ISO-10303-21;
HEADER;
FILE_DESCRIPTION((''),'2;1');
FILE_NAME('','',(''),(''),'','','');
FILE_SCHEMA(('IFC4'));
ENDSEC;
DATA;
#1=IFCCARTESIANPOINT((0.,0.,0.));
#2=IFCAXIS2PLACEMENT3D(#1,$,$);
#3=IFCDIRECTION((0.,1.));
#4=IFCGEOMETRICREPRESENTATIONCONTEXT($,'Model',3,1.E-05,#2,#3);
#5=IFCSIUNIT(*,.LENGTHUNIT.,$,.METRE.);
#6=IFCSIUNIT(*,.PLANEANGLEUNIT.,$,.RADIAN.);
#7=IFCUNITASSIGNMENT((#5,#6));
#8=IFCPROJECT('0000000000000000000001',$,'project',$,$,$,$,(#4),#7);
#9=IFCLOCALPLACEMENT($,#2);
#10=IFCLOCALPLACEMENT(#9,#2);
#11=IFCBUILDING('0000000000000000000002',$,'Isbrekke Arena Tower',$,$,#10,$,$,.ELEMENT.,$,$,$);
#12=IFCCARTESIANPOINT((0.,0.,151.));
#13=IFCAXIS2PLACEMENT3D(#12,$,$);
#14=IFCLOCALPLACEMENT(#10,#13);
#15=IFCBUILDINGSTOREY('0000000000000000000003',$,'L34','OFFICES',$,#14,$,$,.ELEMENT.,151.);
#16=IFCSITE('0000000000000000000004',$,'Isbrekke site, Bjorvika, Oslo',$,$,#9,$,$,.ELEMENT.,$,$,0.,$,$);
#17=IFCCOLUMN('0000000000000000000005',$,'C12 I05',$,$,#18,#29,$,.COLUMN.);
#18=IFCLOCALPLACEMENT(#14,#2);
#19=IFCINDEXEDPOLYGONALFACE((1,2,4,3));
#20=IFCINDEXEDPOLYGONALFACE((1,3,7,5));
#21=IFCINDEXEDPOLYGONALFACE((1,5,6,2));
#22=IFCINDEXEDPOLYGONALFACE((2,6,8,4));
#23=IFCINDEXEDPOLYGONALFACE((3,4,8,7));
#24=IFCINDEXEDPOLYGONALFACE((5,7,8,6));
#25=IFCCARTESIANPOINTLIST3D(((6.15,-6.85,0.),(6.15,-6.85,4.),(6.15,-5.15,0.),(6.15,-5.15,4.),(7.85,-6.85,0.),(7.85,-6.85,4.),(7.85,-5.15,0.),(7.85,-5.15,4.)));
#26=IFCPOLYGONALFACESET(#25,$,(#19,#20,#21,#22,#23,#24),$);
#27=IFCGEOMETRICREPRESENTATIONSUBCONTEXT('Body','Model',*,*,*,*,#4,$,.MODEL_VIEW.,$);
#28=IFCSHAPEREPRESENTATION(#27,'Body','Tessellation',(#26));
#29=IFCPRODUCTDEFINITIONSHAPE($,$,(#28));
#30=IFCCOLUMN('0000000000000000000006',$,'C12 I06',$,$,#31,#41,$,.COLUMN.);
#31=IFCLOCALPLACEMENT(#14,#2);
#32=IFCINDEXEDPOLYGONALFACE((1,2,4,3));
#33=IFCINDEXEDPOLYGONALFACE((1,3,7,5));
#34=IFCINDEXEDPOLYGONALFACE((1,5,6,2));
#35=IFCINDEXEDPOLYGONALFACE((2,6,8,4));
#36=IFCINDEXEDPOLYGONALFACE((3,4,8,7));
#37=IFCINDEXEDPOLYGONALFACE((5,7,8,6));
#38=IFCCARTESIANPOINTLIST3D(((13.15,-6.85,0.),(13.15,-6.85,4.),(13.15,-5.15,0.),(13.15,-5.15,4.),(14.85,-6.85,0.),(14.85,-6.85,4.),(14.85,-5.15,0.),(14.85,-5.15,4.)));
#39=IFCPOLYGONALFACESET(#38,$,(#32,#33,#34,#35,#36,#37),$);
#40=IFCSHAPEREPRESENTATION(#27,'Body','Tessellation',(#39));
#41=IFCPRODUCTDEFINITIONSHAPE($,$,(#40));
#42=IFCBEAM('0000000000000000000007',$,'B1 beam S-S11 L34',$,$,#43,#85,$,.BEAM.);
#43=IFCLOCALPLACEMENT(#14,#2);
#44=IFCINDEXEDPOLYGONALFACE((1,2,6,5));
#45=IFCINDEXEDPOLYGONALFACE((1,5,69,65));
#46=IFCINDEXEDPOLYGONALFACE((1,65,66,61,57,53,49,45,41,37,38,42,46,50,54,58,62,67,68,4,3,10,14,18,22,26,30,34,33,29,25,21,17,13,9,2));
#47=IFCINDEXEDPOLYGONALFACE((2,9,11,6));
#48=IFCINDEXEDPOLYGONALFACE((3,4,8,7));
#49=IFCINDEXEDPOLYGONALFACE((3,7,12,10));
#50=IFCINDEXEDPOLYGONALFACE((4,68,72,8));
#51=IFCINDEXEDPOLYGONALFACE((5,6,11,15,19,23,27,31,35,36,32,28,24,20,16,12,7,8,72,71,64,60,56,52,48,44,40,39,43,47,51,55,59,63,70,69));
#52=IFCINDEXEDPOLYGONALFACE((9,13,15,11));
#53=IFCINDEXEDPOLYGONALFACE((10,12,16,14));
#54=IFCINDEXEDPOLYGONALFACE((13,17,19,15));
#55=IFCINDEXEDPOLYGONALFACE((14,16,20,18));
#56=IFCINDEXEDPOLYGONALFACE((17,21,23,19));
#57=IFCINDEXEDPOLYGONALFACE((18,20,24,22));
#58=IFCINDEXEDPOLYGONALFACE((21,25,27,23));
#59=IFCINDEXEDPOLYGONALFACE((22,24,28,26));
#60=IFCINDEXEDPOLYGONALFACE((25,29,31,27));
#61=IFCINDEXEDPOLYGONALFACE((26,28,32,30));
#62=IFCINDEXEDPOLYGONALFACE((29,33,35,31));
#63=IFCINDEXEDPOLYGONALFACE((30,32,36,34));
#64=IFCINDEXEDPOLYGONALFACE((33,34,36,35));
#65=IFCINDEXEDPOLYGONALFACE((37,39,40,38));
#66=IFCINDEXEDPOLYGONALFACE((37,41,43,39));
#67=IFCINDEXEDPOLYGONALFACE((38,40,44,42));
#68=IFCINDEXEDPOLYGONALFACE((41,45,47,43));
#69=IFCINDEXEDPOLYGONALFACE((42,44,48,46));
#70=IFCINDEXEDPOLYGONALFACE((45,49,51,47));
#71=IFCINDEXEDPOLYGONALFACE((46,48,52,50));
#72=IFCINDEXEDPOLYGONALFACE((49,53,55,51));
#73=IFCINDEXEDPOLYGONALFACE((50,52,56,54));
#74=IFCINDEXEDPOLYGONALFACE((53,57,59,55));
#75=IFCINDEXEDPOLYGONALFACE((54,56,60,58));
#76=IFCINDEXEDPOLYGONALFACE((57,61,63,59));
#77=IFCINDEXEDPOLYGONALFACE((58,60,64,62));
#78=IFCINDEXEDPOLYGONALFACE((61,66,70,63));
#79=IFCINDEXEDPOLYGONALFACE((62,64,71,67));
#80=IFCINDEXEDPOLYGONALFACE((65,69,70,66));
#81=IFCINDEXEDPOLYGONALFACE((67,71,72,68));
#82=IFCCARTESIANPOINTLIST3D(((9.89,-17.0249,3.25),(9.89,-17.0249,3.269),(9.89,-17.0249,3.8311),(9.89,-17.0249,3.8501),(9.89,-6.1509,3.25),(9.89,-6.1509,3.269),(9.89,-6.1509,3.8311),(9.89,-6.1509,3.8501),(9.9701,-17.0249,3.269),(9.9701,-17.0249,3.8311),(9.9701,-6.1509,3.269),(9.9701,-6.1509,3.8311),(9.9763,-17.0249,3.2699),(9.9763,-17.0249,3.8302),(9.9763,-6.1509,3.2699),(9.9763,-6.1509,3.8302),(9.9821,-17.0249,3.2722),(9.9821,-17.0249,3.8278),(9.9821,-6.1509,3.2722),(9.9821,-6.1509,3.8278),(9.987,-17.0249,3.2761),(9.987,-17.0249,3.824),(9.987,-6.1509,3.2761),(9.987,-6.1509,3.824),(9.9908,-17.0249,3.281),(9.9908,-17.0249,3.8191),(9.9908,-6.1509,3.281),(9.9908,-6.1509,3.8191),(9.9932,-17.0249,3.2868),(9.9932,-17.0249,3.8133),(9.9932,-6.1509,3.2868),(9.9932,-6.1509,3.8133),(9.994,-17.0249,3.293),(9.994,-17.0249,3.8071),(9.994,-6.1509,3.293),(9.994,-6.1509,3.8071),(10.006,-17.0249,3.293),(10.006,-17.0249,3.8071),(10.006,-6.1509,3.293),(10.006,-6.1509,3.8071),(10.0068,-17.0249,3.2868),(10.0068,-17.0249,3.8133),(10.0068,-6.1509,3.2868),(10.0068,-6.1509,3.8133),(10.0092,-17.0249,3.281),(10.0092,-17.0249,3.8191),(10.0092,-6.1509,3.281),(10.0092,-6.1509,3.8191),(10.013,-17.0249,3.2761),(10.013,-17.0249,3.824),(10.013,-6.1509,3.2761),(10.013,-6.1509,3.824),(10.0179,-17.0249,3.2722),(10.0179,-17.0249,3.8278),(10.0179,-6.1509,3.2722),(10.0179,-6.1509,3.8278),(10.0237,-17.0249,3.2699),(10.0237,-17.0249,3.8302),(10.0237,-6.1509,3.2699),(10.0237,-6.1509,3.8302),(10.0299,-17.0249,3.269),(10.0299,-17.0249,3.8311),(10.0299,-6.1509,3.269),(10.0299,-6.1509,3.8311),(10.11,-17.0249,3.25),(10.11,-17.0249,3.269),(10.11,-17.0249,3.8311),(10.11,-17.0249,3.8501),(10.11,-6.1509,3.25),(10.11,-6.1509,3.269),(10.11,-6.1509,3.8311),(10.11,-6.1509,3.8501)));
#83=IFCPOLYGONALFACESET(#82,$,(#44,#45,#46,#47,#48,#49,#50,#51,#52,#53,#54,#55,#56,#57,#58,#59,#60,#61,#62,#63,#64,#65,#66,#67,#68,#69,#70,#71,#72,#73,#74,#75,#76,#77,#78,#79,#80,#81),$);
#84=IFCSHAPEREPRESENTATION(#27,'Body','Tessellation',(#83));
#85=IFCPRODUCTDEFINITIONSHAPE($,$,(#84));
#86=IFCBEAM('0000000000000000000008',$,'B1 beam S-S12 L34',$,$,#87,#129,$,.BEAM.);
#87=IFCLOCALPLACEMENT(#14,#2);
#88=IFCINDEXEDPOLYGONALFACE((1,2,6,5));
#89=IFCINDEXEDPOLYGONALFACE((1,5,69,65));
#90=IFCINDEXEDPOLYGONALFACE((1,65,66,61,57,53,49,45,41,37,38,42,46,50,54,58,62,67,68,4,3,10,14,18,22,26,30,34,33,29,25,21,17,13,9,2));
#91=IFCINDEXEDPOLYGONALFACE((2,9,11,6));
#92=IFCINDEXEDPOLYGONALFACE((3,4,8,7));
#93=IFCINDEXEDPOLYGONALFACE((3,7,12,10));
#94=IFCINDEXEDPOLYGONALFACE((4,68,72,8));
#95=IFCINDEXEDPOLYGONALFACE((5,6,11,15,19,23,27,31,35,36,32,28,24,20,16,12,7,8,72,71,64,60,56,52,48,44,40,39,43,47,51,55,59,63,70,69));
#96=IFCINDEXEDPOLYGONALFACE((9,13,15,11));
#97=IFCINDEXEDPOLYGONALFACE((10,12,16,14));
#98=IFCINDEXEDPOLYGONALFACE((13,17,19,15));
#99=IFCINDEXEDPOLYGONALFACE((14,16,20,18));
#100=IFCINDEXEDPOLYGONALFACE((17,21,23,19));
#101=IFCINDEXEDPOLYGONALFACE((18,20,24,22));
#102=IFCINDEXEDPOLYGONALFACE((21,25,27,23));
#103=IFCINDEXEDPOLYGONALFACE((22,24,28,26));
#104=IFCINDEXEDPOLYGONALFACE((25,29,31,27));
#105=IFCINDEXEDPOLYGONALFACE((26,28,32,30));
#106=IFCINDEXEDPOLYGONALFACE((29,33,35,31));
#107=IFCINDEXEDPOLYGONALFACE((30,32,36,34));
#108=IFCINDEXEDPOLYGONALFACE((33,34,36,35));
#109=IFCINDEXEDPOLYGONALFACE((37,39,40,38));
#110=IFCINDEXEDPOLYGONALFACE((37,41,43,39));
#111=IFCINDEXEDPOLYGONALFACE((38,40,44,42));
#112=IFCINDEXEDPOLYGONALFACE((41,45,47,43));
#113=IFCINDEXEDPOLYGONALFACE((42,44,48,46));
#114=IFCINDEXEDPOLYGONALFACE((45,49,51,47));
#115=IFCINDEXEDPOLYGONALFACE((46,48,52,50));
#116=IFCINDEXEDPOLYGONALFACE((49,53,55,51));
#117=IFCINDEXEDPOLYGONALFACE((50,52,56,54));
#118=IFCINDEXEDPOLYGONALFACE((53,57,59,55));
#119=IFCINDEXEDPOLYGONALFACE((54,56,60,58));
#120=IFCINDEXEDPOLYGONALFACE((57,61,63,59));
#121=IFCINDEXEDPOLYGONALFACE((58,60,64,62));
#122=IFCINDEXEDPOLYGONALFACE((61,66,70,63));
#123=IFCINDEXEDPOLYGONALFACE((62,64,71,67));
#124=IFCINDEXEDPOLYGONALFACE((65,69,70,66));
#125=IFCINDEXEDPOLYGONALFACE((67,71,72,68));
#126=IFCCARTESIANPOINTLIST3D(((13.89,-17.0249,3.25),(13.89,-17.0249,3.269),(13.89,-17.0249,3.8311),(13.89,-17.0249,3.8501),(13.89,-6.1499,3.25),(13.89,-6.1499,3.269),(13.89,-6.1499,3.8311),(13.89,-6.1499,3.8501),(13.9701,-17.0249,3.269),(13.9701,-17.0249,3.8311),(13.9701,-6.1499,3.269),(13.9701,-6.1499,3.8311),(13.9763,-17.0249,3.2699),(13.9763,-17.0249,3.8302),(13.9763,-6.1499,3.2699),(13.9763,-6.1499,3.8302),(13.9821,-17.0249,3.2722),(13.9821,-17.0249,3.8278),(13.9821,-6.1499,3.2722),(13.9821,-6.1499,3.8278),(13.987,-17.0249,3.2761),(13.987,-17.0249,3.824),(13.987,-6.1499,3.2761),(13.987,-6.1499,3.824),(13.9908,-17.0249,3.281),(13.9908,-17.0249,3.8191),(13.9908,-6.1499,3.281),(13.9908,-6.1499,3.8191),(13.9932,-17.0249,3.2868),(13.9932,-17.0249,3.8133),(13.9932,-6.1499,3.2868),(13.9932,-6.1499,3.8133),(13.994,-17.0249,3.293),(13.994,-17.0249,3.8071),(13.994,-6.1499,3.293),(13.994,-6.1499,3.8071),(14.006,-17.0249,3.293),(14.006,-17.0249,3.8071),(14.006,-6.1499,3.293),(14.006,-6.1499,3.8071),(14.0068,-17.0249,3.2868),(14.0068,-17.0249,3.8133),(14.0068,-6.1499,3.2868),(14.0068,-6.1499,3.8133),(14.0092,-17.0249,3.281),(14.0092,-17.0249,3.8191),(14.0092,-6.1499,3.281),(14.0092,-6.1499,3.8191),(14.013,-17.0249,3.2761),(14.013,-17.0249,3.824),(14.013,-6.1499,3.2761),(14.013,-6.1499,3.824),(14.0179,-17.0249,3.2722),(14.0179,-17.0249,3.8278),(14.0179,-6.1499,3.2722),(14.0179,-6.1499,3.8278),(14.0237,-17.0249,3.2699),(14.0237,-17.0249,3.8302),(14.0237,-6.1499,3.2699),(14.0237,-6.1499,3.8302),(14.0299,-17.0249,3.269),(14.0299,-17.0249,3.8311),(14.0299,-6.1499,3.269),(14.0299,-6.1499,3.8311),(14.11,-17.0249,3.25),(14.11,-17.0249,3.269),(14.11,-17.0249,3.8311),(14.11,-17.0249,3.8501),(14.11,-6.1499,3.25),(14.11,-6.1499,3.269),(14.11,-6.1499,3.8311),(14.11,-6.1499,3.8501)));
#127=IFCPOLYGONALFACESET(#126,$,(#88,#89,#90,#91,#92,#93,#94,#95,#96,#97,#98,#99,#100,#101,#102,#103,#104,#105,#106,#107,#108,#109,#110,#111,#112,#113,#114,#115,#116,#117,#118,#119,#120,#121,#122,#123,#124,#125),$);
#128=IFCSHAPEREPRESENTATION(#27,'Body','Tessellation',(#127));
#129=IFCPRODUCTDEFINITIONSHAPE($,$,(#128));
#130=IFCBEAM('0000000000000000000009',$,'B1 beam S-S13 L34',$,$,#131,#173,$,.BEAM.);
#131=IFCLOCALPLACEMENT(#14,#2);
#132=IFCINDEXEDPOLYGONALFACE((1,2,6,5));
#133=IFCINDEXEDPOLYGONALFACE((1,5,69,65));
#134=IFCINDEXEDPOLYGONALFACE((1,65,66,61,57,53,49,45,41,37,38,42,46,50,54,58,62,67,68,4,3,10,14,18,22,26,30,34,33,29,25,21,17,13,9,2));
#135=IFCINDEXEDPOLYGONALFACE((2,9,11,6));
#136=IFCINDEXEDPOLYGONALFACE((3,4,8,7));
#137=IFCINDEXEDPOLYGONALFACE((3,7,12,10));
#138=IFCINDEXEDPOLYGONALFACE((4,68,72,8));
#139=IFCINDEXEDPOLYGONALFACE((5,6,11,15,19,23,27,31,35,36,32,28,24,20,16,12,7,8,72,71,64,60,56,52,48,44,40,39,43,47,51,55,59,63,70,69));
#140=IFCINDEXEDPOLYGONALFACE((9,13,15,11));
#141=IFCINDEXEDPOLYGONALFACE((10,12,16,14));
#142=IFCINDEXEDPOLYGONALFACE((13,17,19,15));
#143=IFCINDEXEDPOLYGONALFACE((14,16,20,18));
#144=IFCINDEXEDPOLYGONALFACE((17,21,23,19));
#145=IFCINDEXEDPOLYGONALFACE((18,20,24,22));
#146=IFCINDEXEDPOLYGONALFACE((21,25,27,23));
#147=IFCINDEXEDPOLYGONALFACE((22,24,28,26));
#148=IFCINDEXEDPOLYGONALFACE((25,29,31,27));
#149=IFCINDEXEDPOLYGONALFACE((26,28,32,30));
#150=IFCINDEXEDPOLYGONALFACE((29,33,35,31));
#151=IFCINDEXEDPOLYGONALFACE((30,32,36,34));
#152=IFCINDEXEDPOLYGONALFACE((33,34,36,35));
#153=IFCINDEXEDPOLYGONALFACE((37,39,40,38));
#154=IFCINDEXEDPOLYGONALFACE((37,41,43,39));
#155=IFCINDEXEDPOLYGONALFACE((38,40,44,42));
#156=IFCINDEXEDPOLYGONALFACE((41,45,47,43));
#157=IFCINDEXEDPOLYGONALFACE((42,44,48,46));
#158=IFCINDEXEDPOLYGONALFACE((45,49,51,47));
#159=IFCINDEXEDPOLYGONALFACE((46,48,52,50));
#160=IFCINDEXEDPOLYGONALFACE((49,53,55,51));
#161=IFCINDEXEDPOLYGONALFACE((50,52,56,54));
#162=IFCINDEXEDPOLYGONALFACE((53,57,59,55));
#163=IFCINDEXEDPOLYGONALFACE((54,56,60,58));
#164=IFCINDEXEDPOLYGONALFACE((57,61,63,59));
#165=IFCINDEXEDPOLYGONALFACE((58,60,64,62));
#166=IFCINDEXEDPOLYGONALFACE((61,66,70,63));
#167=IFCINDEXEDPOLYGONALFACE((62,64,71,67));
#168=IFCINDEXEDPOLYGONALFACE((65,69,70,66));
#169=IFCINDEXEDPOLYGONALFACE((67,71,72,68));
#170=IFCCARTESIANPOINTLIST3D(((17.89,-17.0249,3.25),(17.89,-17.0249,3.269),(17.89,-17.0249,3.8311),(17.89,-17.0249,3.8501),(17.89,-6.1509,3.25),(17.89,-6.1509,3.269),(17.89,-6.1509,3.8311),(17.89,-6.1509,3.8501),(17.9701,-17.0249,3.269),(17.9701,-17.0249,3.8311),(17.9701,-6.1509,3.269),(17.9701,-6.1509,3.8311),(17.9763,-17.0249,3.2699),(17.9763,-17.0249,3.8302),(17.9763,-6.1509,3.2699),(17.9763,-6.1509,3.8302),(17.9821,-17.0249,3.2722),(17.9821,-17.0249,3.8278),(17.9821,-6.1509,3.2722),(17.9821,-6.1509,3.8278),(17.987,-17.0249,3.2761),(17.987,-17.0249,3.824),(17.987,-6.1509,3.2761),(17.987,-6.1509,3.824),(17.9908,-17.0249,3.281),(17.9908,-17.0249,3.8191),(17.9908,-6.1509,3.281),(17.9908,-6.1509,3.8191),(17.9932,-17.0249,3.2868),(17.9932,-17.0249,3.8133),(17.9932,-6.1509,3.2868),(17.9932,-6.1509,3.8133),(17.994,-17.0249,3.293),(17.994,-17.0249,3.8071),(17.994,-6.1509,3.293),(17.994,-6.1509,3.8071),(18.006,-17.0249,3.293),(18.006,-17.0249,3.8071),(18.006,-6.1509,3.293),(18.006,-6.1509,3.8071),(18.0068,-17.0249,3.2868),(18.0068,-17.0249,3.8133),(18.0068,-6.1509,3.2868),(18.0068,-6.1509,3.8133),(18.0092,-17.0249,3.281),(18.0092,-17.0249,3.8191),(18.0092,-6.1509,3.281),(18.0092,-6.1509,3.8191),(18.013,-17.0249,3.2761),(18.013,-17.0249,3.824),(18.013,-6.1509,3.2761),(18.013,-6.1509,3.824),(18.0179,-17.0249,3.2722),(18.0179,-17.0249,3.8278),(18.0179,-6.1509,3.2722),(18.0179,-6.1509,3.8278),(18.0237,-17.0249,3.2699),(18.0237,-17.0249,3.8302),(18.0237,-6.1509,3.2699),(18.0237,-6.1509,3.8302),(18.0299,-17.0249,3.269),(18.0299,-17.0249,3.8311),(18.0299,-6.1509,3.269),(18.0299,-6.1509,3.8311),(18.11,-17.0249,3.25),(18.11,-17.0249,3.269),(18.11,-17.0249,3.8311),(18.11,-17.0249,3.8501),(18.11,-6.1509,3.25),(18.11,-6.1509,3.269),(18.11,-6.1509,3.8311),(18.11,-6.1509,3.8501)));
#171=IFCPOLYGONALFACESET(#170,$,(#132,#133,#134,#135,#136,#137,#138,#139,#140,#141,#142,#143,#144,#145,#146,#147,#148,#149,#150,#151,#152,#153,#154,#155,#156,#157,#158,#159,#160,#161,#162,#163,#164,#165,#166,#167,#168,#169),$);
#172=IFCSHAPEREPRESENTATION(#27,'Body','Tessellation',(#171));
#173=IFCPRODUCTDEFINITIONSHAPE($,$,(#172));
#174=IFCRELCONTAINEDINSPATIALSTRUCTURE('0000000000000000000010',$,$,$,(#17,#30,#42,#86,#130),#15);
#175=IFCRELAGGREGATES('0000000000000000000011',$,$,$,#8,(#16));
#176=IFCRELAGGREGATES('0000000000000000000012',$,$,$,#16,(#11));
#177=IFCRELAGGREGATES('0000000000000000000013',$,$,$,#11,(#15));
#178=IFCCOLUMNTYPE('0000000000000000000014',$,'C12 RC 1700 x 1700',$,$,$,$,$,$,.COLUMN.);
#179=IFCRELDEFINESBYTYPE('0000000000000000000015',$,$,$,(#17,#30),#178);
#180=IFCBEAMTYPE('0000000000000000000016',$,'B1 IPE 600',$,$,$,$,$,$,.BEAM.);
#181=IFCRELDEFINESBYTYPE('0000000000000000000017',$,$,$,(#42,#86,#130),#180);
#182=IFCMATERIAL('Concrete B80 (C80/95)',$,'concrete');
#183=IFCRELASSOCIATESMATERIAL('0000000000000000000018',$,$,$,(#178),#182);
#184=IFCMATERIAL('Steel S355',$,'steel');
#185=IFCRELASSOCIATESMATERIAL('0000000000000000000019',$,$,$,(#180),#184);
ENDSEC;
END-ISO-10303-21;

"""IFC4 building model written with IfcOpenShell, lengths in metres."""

from ifc_helpers import new_model, si_unit, direction, frame, origin, origin_2d, place, context, subcontext, project, spatial, rectangle, i_section, extrude, material, material_profile, profile_set, type_object, element, save


model = new_model("IFC4")

# Units and contexts
model_context = context("Model", 3, precision=1e-05, world=origin(), true_north=direction((0.0, 1.0)))
body_context = subcontext(model_context, "Body", "Model", "MODEL_VIEW")
ifc_project = project(units=[si_unit("LENGTHUNIT", "METRE"), si_unit("PLANEANGLEUNIT", "RADIAN")], contexts=[model_context])

# Site, building, storey
site_placement = place(None, origin())
site = spatial("IfcSite", under=ifc_project, at=site_placement, Name="Isbrekke site, Bjorvika, Oslo", CompositionType="ELEMENT", RefElevation=0.0)
building_placement = place(site_placement, origin())
building = spatial("IfcBuilding", under=site, at=building_placement, Name="Isbrekke Arena Tower", CompositionType="ELEMENT")
storey_placement = place(building_placement, frame((0.0, 0.0, 151.0)))
storey = spatial("IfcBuildingStorey", under=building, at=storey_placement, Name="L34", Description="OFFICES", CompositionType="ELEMENT", Elevation=151.0)

# Columns
ifc_material_1 = material(Name="Concrete B80 (C80/95)", Category="concrete")
ifc_material_profile_1 = material_profile(ifc_material_1, rectangle(XDim=1.7, YDim=1.7, at=origin_2d()), Name="RC 1700x1700")
ifc_profile_set_1 = profile_set([ifc_material_profile_1], Name="Concrete B80 (C80/95)")
column_type = type_object("IfcColumnType", Name="C12 RC 1700 x 1700", PredefinedType="COLUMN", material=ifc_profile_set_1)
for number, where, z_axis, x_axis, name in (
    (1, (7.0, -6.0, 0.0), (0.0, 0.0, 1.0), (1.0, 0.0, 0.0), "C12 I05"),
    (2, (14.0, -6.0, 0.0), (0.0, 0.0, 1.0), (1.0, 0.0, 0.0), "C12 I06"),
):
    element("IfcColumn", number, at=place(storey_placement, frame(where, z_axis=z_axis, x_axis=x_axis)), inside=storey, type_object=column_type, Name=name, PredefinedType="COLUMN", context=body_context, shape_type="SweptSolid", body=[
        extrude(rectangle(XDim=1.7, YDim=1.7, at=origin_2d()), origin(), (0.0, 0.0, 1.0), 4.0),
    ])

# Beams
ifc_material_2 = material(Name="Steel S355", Category="steel")
ifc_material_profile_2 = material_profile(ifc_material_2, i_section(OverallWidth=0.22, OverallDepth=0.6001, WebThickness=0.012, FlangeThickness=0.019, FilletRadius=0.0239, at=origin_2d()), Name="IPE 600")
ifc_profile_set_2 = profile_set([ifc_material_profile_2], Name="Steel S355")
beam_type_1 = type_object("IfcBeamType", Name="B1 IPE 600", PredefinedType="BEAM", material=ifc_profile_set_2)
beam_1_placement = place(storey_placement, frame((10.0, -17.0249, 3.55), z_axis=(0.0, 1.0, 0.0), x_axis=(-1.0, 0.0, 0.0)))
element("IfcBeam", 3, at=beam_1_placement, inside=storey, type_object=beam_type_1, Name="B1 beam S-S11 L34", PredefinedType="BEAM", context=body_context, shape_type="SweptSolid", body=[
    extrude(i_section(OverallWidth=0.22, OverallDepth=0.6001, WebThickness=0.012, FlangeThickness=0.019, FilletRadius=0.0239, at=origin_2d()), origin(), (0.0, 0.0, 1.0), 10.874),
])
beam_2_placement = place(storey_placement, frame((14.0, -17.0249, 3.55), z_axis=(0.0, 1.0, 0.0), x_axis=(-1.0, 0.0, 0.0)))
element("IfcBeam", 4, at=beam_2_placement, inside=storey, type_object=beam_type_1, Name="B1 beam S-S12 L34", PredefinedType="BEAM", context=body_context, shape_type="SweptSolid", body=[
    extrude(i_section(OverallWidth=0.22, OverallDepth=0.6001, WebThickness=0.012, FlangeThickness=0.019, FilletRadius=0.0239, at=origin_2d()), origin(), (0.0, 0.0, 1.0), 10.875),
])
beam_3_placement = place(storey_placement, frame((18.0, -17.0249, 3.55), z_axis=(0.0, 1.0, 0.0), x_axis=(-1.0, 0.0, 0.0)))
element("IfcBeam", 5, at=beam_3_placement, inside=storey, type_object=beam_type_1, Name="B1 beam S-S13 L34", PredefinedType="BEAM", context=body_context, shape_type="SweptSolid", body=[
    extrude(i_section(OverallWidth=0.22, OverallDepth=0.6001, WebThickness=0.012, FlangeThickness=0.019, FilletRadius=0.0239, at=origin_2d()), origin(), (0.0, 0.0, 1.0), 10.874),
])

save(model, "model.ifc")
